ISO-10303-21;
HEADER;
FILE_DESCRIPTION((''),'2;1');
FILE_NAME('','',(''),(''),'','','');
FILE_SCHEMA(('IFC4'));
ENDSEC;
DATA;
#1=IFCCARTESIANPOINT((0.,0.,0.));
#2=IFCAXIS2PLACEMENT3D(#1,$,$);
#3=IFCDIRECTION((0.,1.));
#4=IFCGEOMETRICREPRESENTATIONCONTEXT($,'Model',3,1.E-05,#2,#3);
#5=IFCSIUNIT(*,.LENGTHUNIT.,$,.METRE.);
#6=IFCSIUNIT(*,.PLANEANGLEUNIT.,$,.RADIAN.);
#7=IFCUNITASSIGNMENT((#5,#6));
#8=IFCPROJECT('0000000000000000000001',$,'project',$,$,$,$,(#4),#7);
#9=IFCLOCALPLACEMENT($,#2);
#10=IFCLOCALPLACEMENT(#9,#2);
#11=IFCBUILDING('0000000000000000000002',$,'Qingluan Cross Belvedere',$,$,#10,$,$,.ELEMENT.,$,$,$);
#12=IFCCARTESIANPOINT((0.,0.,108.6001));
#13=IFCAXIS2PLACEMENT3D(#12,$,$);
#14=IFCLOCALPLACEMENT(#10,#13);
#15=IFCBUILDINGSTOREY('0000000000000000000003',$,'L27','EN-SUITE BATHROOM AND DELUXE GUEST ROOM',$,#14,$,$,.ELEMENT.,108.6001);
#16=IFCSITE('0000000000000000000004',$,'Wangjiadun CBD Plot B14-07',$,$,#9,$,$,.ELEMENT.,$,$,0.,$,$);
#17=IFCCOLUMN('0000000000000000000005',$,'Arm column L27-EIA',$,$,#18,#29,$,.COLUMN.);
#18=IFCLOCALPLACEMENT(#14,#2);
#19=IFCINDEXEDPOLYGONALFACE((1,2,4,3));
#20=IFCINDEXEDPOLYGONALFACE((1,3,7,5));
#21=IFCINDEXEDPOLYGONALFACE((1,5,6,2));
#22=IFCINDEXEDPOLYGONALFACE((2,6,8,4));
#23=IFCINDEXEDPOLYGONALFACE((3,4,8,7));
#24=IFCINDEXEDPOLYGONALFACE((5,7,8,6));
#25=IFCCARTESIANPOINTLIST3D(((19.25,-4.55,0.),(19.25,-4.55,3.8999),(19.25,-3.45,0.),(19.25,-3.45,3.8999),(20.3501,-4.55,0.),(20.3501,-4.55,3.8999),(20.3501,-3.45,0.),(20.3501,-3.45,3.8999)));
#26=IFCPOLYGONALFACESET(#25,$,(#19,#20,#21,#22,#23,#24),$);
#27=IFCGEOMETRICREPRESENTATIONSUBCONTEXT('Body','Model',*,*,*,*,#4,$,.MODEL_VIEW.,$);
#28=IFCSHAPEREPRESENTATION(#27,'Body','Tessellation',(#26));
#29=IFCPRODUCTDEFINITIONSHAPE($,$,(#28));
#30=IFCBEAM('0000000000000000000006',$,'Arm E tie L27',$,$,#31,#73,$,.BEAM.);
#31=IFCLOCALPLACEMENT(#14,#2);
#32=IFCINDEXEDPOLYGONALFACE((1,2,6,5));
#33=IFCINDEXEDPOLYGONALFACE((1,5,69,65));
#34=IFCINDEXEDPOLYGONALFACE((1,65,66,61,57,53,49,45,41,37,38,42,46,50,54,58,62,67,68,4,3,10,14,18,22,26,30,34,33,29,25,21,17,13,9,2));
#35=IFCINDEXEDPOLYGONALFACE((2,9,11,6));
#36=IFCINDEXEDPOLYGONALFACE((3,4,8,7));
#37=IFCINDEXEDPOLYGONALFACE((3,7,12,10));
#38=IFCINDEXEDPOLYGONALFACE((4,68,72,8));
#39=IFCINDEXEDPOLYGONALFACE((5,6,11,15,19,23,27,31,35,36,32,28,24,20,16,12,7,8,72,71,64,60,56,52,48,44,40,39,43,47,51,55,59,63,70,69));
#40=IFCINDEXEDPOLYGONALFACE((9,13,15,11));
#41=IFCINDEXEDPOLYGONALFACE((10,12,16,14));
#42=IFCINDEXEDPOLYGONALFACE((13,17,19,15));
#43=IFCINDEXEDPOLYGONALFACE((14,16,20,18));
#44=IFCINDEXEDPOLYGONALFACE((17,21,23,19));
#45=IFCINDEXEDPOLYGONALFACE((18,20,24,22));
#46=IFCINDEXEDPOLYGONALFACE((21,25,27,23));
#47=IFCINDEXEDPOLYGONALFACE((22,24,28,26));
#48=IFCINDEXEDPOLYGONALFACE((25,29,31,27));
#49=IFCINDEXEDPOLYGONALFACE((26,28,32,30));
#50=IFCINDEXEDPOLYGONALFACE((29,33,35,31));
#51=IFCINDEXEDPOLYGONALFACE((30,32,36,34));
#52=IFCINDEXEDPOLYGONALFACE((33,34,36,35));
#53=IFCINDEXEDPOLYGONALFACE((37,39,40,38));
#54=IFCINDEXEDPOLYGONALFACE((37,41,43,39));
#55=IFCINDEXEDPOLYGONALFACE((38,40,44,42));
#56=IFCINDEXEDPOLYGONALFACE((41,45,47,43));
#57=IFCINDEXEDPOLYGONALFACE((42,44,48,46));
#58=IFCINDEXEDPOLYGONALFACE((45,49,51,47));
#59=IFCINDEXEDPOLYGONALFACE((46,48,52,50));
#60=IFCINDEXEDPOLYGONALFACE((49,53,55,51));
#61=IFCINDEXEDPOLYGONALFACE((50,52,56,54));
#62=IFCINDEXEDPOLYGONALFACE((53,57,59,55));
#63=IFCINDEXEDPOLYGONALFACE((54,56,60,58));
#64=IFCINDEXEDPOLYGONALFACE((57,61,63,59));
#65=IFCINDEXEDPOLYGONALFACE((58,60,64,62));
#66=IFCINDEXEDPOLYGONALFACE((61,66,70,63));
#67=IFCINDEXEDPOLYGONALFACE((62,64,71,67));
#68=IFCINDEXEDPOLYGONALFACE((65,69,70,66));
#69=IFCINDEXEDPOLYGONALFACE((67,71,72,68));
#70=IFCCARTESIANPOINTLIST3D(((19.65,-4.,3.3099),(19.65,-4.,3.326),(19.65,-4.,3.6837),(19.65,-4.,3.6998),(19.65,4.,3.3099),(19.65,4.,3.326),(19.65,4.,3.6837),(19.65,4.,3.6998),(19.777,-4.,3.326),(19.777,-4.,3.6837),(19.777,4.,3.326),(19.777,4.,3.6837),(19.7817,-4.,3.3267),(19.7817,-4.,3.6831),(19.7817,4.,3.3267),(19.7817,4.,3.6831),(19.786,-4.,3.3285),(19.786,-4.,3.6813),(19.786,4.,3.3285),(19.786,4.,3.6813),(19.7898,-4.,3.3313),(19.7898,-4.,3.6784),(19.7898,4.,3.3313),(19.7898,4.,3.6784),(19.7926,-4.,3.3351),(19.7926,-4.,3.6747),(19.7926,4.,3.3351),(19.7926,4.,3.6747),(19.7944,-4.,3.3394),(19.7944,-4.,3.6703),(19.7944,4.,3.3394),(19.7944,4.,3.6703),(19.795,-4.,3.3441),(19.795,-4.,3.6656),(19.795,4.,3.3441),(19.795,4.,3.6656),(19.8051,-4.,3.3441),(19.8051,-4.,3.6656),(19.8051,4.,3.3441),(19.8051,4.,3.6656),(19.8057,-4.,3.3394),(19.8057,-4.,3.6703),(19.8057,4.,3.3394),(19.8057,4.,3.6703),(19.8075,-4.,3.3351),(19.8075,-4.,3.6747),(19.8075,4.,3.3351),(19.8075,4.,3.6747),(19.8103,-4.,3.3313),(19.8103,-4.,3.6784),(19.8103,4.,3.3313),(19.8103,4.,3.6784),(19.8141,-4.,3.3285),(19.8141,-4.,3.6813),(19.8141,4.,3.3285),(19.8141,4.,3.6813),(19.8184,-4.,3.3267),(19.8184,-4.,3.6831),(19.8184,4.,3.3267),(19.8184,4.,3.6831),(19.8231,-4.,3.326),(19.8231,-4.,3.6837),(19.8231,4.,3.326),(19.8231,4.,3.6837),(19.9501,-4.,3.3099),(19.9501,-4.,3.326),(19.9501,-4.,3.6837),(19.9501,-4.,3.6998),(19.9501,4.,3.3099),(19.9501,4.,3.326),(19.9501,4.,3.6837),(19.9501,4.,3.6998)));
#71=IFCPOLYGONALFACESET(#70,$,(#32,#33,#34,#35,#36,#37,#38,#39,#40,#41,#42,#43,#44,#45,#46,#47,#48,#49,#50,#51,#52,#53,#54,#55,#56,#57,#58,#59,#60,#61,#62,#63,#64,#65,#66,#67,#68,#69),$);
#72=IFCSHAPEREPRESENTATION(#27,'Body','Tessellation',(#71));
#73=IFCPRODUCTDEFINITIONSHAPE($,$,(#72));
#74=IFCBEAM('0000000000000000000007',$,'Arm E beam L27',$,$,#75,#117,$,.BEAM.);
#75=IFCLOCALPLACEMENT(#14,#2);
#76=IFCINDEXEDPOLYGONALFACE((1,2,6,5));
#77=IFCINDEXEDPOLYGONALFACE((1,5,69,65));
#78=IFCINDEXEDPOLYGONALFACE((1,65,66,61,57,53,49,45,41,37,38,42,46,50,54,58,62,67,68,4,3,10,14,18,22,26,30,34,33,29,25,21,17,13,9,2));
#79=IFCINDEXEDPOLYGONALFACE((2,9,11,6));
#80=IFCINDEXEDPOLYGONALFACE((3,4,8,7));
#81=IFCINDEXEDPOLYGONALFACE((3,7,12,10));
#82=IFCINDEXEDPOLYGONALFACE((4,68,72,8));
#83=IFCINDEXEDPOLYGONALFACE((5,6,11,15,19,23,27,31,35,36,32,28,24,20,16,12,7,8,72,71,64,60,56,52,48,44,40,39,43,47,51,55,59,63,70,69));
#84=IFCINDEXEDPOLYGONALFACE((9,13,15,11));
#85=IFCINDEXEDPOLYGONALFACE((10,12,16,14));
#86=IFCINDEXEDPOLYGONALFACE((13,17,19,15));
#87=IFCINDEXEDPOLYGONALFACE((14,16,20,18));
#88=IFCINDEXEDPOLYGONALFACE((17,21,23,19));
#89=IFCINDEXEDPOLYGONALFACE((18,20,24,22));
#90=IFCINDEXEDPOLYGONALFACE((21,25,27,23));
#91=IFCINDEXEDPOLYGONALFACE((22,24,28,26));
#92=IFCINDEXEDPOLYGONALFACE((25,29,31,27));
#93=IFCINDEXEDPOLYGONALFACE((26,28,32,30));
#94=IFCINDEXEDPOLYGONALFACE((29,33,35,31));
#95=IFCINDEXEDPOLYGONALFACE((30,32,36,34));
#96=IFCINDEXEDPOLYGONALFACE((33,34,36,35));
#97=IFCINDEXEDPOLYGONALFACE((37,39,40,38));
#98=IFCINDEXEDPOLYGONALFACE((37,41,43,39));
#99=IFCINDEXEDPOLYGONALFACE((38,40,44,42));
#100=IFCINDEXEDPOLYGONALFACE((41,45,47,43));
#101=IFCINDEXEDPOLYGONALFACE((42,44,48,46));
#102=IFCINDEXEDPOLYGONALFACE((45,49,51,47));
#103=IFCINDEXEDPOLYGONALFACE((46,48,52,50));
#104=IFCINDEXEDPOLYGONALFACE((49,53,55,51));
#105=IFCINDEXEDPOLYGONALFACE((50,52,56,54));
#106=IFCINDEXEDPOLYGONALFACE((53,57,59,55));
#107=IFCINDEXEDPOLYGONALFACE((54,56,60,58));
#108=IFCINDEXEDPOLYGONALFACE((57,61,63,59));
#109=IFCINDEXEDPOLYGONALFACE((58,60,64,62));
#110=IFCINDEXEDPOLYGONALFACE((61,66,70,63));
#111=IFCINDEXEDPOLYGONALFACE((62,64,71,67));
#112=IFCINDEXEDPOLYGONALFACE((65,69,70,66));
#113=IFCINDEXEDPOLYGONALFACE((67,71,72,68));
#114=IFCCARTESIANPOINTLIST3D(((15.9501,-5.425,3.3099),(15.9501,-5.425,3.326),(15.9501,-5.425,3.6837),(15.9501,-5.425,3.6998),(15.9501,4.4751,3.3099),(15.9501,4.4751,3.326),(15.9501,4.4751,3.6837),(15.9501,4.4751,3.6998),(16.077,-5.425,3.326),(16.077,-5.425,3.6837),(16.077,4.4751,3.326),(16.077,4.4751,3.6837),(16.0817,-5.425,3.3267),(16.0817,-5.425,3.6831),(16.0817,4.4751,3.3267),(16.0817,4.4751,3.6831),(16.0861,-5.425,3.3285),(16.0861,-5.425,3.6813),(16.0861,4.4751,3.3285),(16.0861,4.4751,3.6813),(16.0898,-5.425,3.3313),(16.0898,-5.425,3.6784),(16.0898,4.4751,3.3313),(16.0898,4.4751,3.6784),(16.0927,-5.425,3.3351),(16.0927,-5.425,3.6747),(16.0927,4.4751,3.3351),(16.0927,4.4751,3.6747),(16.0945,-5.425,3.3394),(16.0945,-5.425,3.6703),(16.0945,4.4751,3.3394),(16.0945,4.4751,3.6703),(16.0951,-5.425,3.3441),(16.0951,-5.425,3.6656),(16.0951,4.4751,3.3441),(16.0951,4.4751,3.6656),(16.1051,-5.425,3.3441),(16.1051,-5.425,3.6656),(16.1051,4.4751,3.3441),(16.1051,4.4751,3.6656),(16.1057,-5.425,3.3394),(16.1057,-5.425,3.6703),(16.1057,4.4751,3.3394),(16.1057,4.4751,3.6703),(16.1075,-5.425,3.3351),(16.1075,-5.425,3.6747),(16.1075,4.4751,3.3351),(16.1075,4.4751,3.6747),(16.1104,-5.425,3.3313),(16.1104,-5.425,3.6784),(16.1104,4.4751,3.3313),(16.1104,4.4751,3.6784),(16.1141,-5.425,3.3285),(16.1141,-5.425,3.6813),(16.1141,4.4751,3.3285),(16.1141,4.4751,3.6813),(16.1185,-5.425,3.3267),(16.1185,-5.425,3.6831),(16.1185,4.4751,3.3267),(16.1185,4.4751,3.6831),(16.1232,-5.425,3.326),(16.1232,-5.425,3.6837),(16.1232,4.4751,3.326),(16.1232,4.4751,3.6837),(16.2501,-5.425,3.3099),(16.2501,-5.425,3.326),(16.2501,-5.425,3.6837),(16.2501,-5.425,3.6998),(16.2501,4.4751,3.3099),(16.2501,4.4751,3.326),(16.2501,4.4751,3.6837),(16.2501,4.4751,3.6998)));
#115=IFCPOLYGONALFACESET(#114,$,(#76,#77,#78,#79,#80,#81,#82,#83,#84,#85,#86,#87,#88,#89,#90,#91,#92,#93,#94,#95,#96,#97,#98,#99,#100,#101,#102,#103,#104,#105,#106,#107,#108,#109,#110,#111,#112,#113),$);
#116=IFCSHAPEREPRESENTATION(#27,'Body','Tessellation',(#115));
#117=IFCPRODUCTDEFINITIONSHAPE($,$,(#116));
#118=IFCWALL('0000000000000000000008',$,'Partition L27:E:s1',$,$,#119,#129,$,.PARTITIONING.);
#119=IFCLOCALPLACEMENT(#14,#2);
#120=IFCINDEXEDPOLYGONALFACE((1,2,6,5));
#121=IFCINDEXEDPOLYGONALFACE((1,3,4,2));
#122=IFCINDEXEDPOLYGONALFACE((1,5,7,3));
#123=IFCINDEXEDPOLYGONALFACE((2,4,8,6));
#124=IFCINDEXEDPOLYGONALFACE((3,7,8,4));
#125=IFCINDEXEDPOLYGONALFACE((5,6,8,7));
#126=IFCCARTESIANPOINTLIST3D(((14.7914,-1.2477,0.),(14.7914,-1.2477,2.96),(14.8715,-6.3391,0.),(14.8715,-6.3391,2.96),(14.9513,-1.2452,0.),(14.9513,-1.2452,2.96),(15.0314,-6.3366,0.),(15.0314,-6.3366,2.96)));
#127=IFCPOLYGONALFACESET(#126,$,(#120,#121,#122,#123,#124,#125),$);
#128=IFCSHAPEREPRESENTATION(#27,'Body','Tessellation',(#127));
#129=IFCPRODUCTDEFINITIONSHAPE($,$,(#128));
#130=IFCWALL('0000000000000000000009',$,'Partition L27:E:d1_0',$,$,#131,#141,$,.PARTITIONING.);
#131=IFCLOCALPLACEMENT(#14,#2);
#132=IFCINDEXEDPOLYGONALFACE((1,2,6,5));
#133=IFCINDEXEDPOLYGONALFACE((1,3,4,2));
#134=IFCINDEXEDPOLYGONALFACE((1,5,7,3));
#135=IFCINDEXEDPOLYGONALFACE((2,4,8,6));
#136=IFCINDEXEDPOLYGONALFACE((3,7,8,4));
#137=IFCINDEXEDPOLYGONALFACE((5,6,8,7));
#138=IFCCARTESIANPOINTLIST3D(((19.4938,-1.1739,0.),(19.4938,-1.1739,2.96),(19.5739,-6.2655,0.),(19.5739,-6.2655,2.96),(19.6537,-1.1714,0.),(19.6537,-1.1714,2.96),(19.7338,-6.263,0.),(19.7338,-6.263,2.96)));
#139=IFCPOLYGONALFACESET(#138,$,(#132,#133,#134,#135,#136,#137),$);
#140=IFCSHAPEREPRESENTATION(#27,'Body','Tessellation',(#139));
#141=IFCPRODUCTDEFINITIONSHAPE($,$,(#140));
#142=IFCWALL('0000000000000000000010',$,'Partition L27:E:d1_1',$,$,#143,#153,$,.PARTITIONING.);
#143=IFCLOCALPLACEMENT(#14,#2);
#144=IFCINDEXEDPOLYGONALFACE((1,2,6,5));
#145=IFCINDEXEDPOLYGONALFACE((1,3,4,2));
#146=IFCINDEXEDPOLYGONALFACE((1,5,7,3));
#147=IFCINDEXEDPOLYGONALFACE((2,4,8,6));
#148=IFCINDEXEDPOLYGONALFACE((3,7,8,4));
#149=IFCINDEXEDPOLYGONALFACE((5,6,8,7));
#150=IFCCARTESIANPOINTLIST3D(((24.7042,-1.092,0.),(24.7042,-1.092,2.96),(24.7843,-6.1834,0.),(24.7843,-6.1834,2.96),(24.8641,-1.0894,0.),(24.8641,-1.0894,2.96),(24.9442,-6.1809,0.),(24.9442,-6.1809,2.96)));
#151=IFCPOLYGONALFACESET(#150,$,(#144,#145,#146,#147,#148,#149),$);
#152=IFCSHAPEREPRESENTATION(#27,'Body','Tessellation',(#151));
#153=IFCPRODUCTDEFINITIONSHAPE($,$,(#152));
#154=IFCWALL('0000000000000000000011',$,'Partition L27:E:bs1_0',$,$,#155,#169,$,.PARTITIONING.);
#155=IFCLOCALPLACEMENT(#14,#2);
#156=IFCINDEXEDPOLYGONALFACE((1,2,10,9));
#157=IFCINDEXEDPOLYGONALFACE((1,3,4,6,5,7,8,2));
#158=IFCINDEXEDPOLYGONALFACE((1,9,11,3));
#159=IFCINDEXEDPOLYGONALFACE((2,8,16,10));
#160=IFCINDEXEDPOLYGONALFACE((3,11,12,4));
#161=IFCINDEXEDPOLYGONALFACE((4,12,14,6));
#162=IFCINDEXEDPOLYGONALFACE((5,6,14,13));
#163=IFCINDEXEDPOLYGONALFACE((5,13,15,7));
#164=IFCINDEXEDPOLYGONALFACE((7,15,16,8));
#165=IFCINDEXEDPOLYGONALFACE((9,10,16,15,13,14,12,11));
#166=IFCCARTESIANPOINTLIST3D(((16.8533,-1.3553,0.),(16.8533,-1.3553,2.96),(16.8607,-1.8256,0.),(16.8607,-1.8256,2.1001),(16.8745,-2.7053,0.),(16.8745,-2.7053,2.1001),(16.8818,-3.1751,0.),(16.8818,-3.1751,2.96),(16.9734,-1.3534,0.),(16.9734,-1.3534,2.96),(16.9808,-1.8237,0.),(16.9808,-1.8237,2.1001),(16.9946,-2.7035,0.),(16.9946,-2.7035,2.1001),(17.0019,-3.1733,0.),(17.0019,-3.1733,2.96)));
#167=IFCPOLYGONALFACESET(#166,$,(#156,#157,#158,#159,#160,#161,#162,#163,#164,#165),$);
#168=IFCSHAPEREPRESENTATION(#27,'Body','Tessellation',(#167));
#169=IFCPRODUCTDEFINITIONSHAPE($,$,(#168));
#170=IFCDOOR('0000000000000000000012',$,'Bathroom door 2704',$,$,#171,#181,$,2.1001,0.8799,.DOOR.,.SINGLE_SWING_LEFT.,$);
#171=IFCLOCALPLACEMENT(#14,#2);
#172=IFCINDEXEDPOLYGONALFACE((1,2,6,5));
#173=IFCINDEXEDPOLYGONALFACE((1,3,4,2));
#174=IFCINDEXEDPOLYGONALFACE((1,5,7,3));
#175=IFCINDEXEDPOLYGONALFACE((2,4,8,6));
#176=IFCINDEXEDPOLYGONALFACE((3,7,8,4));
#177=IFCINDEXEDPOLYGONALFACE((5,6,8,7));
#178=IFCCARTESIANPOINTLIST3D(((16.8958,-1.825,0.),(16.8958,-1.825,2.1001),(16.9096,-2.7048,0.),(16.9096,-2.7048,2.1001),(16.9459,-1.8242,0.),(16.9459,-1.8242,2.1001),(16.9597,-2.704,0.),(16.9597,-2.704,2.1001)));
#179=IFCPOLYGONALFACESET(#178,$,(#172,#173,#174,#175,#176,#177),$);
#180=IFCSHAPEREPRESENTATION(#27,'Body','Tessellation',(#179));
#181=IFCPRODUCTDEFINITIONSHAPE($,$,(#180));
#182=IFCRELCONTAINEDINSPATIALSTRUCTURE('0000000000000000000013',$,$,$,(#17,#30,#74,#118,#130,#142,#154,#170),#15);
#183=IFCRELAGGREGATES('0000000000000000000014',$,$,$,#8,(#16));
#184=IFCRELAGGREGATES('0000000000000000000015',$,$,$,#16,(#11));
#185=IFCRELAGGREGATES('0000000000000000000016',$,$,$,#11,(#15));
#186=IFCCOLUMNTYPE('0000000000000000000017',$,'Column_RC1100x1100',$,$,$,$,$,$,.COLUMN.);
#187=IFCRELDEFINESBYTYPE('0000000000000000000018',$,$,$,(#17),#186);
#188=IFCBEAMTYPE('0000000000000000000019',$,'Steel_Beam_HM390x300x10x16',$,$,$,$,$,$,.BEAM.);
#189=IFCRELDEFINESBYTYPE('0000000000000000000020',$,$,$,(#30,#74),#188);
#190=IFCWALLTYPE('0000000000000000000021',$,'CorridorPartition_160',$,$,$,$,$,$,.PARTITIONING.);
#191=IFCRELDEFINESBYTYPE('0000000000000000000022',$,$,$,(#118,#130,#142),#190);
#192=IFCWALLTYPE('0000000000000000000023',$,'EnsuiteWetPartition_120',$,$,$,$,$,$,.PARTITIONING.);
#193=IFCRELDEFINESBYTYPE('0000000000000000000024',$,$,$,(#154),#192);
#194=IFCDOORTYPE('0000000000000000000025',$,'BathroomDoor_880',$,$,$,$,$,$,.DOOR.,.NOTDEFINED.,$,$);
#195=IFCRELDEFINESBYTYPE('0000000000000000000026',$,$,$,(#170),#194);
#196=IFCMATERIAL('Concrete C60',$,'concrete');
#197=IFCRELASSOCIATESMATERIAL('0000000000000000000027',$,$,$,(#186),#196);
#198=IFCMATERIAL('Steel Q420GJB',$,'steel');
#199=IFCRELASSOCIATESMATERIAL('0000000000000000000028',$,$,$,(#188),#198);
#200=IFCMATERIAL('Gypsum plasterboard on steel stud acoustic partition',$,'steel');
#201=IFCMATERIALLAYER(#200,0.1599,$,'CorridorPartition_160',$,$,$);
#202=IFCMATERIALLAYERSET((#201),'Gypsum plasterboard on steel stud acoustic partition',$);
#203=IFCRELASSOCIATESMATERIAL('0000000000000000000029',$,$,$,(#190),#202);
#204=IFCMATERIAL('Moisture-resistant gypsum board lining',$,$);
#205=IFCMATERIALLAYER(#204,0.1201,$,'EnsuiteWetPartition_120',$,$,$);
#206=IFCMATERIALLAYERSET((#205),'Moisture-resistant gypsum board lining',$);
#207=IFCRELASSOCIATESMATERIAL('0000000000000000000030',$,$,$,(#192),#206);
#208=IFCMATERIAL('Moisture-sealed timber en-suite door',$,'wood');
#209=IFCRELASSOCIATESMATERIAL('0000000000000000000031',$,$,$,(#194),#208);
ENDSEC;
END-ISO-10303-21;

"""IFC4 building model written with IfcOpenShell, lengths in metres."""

from ifc_helpers import new_model, si_unit, direction, frame, frame_2d, origin, origin_2d, place, context, subcontext, project, spatial, rectangle, i_section, extrude, material, layer, layer_set, material_profile, profile_set, type_object, element, fill, save


model = new_model("IFC4")

# Units and contexts
model_context = context("Model", 3, precision=1e-05, world=origin(), true_north=direction((0.0, 1.0)))
body_context = subcontext(model_context, "Body", "Model", "MODEL_VIEW")
ifc_project = project(units=[si_unit("LENGTHUNIT", "METRE"), si_unit("PLANEANGLEUNIT", "RADIAN")], contexts=[model_context])

# Site, building, storey
site_placement = place(None, origin())
site = spatial("IfcSite", under=ifc_project, at=site_placement, Name="Wangjiadun CBD Plot B14-07", CompositionType="ELEMENT", RefElevation=0.0)
building_placement = place(site_placement, origin())
building = spatial("IfcBuilding", under=site, at=building_placement, Name="Qingluan Cross Belvedere", CompositionType="ELEMENT")
storey_placement = place(building_placement, frame((0.0, 0.0, 108.6001)))
storey = spatial("IfcBuildingStorey", under=building, at=storey_placement, Name="L27", Description="EN-SUITE BATHROOM AND DELUXE GUEST ROOM", CompositionType="ELEMENT", Elevation=108.6001)

# Column
ifc_material_1 = material(Name="Concrete C60", Category="concrete")
ifc_material_profile_1 = material_profile(ifc_material_1, rectangle(XDim=1.1001, YDim=1.1001, at=origin_2d()), Name="RC1100x1100")
ifc_profile_set_1 = profile_set([ifc_material_profile_1], Name="Concrete C60")
column_type = type_object("IfcColumnType", Name="Column_RC1100x1100", PredefinedType="COLUMN", material=ifc_profile_set_1)
column_placement = place(storey_placement, frame((19.8, -4.0, 0.0), z_axis=(0.0, 0.0, 1.0), x_axis=(1.0, 0.0, 0.0)))
element("IfcColumn", 1, at=column_placement, inside=storey, type_object=column_type, Name="Arm column L27-EIA", PredefinedType="COLUMN", context=body_context, shape_type="SweptSolid", body=[
    extrude(rectangle(XDim=1.1001, YDim=1.1001, at=origin_2d()), origin(), (0.0, 0.0, 1.0), 3.8999),
])

# Beams
ifc_material_2 = material(Name="Steel Q420GJB", Category="steel")
ifc_material_profile_2 = material_profile(ifc_material_2, i_section(OverallWidth=0.3, OverallDepth=0.3899, WebThickness=0.01, FlangeThickness=0.0161, FilletRadius=0.0181, at=origin_2d()), Name="HM390x300x10x16")
ifc_profile_set_2 = profile_set([ifc_material_profile_2], Name="Steel Q420GJB")
beam_type = type_object("IfcBeamType", Name="Steel_Beam_HM390x300x10x16", PredefinedType="BEAM", material=ifc_profile_set_2)
beam_1_placement = place(storey_placement, frame((19.8, -4.0, 3.5049), z_axis=(0.0, 1.0, 0.0), x_axis=(-1.0, 0.0, 0.0)))
element("IfcBeam", 2, at=beam_1_placement, inside=storey, type_object=beam_type, Name="Arm E tie L27", PredefinedType="BEAM", context=body_context, shape_type="SweptSolid", body=[
    extrude(i_section(OverallWidth=0.3, OverallDepth=0.3899, WebThickness=0.01, FlangeThickness=0.0161, FilletRadius=0.0181, at=origin_2d()), origin(), (0.0, 0.0, 1.0), 8.0),
])
beam_2_placement = place(storey_placement, frame((16.1001, -5.425, 3.5049), z_axis=(0.0, 1.0, 0.0), x_axis=(-1.0, 0.0, 0.0)))
element("IfcBeam", 3, at=beam_2_placement, inside=storey, type_object=beam_type, Name="Arm E beam L27", PredefinedType="BEAM", context=body_context, shape_type="SweptSolid", body=[
    extrude(i_section(OverallWidth=0.3, OverallDepth=0.3899, WebThickness=0.01, FlangeThickness=0.0161, FilletRadius=0.0181, at=origin_2d()), origin(), (0.0, 0.0, 1.0), 9.9001),
])

# Shared definitions
ifc_material_3 = material(Name="Gypsum plasterboard on steel stud acoustic partition", Category="steel")
ifc_layer_1 = layer(ifc_material_3, 0.1599, Name="CorridorPartition_160")
ifc_layer_set_1 = layer_set([ifc_layer_1], Name="Gypsum plasterboard on steel stud acoustic partition")
wall_type_1 = type_object("IfcWallType", Name="CorridorPartition_160", PredefinedType="PARTITIONING", material=ifc_layer_set_1)

# Walls
wall_1_placement = place(storey_placement, frame((14.8713, -1.2466, 0.0), z_axis=(0.0, 0.0, 1.0), x_axis=(0.015726, -0.999876, 0.0)))
element("IfcWall", 4, at=wall_1_placement, inside=storey, type_object=wall_type_1, Name="Partition L27:E:s1", PredefinedType="PARTITIONING", context=body_context, shape_type="SweptSolid", body=[
    extrude(rectangle(XDim=5.092, YDim=0.1599, at=frame_2d((2.5459, 0.0))), origin(), (0.0, 0.0, 1.0), 2.96),
])
wall_2_placement = place(storey_placement, frame((19.5737, -1.1726, 0.0), z_axis=(0.0, 0.0, 1.0), x_axis=(0.015726, -0.999876, 0.0)))
element("IfcWall", 5, at=wall_2_placement, inside=storey, type_object=wall_type_1, Name="Partition L27:E:d1_0", PredefinedType="PARTITIONING", context=body_context, shape_type="SweptSolid", body=[
    extrude(rectangle(XDim=5.0923, YDim=0.1599, at=frame_2d((2.5461, 0.0))), origin(), (0.0, 0.0, 1.0), 2.96),
])
wall_3_placement = place(storey_placement, frame((24.7842, -1.0908, 0.0), z_axis=(0.0, 0.0, 1.0), x_axis=(0.015726, -0.999876, 0.0)))
element("IfcWall", 6, at=wall_3_placement, inside=storey, type_object=wall_type_1, Name="Partition L27:E:d1_1", PredefinedType="PARTITIONING", context=body_context, shape_type="SweptSolid", body=[
    extrude(rectangle(XDim=5.092, YDim=0.1599, at=frame_2d((2.5459, 0.0))), origin(), (0.0, 0.0, 1.0), 2.96),
])

# Wall, opening, door
ifc_material_4 = material(Name="Moisture-resistant gypsum board lining")
ifc_layer_2 = layer(ifc_material_4, 0.1201, Name="EnsuiteWetPartition_120")
ifc_layer_set_2 = layer_set([ifc_layer_2], Name="Moisture-resistant gypsum board lining")
wall_type_2 = type_object("IfcWallType", Name="EnsuiteWetPartition_120", PredefinedType="PARTITIONING", material=ifc_layer_set_2)
wall_4_placement = place(storey_placement, frame((16.9419, -3.1743, 0.0), z_axis=(0.0, 0.0, 1.0), x_axis=(-0.015694, 0.999877, 0.0)))
wall_4 = element("IfcWall", 7, at=wall_4_placement, inside=storey, type_object=wall_type_2, Name="Partition L27:E:bs1_0", PredefinedType="PARTITIONING", context=body_context, shape_type="SweptSolid", body=[
    extrude(rectangle(XDim=1.8201, YDim=0.1201, at=frame_2d((0.9102, 0.0))), origin(), (0.0, 0.0, 1.0), 2.96),
])
opening_1_placement = place(wall_4_placement, frame((0.47, 0.0, 0.0)))
opening_1 = element("IfcOpeningElement", 8, at=opening_1_placement, cuts=wall_4, PredefinedType="OPENING", context=body_context, shape_type="SweptSolid", body=[
    extrude(rectangle(XDim=0.8799, YDim=2.1001, at=frame_2d((0.4399, 1.05))), frame((0.0, 0.0701, 0.0), z_axis=(0.0, -1.0, 0.0), x_axis=(1.0, 0.0, 0.0)), (0.0, 0.0, 1.0), 0.1401),
])
ifc_material_5 = material(Name="Moisture-sealed timber en-suite door", Category="wood")
door_type_1 = type_object("IfcDoorType", Name="BathroomDoor_880", OperationType="NOTDEFINED", PredefinedType="DOOR", material=ifc_material_5)
door_1_placement = place(opening_1_placement, origin())
door_1 = element("IfcDoor", 9, at=door_1_placement, inside=storey, type_object=door_type_1, Name="Bathroom door 2704", OperationType="SINGLE_SWING_LEFT", OverallHeight=2.1001, OverallWidth=0.8799, PredefinedType="DOOR", context=body_context, shape_type="SweptSolid", body=[
    extrude(rectangle(XDim=0.8799, YDim=2.1001, at=frame_2d((0.4399, 1.05))), frame((0.0, 0.0249, 0.0), z_axis=(0.0, -1.0, 0.0), x_axis=(1.0, 0.0, 0.0)), (0.0, 0.0, 1.0), 0.05),
])
fill(opening_1, door_1)

save(model, "model.ifc")
